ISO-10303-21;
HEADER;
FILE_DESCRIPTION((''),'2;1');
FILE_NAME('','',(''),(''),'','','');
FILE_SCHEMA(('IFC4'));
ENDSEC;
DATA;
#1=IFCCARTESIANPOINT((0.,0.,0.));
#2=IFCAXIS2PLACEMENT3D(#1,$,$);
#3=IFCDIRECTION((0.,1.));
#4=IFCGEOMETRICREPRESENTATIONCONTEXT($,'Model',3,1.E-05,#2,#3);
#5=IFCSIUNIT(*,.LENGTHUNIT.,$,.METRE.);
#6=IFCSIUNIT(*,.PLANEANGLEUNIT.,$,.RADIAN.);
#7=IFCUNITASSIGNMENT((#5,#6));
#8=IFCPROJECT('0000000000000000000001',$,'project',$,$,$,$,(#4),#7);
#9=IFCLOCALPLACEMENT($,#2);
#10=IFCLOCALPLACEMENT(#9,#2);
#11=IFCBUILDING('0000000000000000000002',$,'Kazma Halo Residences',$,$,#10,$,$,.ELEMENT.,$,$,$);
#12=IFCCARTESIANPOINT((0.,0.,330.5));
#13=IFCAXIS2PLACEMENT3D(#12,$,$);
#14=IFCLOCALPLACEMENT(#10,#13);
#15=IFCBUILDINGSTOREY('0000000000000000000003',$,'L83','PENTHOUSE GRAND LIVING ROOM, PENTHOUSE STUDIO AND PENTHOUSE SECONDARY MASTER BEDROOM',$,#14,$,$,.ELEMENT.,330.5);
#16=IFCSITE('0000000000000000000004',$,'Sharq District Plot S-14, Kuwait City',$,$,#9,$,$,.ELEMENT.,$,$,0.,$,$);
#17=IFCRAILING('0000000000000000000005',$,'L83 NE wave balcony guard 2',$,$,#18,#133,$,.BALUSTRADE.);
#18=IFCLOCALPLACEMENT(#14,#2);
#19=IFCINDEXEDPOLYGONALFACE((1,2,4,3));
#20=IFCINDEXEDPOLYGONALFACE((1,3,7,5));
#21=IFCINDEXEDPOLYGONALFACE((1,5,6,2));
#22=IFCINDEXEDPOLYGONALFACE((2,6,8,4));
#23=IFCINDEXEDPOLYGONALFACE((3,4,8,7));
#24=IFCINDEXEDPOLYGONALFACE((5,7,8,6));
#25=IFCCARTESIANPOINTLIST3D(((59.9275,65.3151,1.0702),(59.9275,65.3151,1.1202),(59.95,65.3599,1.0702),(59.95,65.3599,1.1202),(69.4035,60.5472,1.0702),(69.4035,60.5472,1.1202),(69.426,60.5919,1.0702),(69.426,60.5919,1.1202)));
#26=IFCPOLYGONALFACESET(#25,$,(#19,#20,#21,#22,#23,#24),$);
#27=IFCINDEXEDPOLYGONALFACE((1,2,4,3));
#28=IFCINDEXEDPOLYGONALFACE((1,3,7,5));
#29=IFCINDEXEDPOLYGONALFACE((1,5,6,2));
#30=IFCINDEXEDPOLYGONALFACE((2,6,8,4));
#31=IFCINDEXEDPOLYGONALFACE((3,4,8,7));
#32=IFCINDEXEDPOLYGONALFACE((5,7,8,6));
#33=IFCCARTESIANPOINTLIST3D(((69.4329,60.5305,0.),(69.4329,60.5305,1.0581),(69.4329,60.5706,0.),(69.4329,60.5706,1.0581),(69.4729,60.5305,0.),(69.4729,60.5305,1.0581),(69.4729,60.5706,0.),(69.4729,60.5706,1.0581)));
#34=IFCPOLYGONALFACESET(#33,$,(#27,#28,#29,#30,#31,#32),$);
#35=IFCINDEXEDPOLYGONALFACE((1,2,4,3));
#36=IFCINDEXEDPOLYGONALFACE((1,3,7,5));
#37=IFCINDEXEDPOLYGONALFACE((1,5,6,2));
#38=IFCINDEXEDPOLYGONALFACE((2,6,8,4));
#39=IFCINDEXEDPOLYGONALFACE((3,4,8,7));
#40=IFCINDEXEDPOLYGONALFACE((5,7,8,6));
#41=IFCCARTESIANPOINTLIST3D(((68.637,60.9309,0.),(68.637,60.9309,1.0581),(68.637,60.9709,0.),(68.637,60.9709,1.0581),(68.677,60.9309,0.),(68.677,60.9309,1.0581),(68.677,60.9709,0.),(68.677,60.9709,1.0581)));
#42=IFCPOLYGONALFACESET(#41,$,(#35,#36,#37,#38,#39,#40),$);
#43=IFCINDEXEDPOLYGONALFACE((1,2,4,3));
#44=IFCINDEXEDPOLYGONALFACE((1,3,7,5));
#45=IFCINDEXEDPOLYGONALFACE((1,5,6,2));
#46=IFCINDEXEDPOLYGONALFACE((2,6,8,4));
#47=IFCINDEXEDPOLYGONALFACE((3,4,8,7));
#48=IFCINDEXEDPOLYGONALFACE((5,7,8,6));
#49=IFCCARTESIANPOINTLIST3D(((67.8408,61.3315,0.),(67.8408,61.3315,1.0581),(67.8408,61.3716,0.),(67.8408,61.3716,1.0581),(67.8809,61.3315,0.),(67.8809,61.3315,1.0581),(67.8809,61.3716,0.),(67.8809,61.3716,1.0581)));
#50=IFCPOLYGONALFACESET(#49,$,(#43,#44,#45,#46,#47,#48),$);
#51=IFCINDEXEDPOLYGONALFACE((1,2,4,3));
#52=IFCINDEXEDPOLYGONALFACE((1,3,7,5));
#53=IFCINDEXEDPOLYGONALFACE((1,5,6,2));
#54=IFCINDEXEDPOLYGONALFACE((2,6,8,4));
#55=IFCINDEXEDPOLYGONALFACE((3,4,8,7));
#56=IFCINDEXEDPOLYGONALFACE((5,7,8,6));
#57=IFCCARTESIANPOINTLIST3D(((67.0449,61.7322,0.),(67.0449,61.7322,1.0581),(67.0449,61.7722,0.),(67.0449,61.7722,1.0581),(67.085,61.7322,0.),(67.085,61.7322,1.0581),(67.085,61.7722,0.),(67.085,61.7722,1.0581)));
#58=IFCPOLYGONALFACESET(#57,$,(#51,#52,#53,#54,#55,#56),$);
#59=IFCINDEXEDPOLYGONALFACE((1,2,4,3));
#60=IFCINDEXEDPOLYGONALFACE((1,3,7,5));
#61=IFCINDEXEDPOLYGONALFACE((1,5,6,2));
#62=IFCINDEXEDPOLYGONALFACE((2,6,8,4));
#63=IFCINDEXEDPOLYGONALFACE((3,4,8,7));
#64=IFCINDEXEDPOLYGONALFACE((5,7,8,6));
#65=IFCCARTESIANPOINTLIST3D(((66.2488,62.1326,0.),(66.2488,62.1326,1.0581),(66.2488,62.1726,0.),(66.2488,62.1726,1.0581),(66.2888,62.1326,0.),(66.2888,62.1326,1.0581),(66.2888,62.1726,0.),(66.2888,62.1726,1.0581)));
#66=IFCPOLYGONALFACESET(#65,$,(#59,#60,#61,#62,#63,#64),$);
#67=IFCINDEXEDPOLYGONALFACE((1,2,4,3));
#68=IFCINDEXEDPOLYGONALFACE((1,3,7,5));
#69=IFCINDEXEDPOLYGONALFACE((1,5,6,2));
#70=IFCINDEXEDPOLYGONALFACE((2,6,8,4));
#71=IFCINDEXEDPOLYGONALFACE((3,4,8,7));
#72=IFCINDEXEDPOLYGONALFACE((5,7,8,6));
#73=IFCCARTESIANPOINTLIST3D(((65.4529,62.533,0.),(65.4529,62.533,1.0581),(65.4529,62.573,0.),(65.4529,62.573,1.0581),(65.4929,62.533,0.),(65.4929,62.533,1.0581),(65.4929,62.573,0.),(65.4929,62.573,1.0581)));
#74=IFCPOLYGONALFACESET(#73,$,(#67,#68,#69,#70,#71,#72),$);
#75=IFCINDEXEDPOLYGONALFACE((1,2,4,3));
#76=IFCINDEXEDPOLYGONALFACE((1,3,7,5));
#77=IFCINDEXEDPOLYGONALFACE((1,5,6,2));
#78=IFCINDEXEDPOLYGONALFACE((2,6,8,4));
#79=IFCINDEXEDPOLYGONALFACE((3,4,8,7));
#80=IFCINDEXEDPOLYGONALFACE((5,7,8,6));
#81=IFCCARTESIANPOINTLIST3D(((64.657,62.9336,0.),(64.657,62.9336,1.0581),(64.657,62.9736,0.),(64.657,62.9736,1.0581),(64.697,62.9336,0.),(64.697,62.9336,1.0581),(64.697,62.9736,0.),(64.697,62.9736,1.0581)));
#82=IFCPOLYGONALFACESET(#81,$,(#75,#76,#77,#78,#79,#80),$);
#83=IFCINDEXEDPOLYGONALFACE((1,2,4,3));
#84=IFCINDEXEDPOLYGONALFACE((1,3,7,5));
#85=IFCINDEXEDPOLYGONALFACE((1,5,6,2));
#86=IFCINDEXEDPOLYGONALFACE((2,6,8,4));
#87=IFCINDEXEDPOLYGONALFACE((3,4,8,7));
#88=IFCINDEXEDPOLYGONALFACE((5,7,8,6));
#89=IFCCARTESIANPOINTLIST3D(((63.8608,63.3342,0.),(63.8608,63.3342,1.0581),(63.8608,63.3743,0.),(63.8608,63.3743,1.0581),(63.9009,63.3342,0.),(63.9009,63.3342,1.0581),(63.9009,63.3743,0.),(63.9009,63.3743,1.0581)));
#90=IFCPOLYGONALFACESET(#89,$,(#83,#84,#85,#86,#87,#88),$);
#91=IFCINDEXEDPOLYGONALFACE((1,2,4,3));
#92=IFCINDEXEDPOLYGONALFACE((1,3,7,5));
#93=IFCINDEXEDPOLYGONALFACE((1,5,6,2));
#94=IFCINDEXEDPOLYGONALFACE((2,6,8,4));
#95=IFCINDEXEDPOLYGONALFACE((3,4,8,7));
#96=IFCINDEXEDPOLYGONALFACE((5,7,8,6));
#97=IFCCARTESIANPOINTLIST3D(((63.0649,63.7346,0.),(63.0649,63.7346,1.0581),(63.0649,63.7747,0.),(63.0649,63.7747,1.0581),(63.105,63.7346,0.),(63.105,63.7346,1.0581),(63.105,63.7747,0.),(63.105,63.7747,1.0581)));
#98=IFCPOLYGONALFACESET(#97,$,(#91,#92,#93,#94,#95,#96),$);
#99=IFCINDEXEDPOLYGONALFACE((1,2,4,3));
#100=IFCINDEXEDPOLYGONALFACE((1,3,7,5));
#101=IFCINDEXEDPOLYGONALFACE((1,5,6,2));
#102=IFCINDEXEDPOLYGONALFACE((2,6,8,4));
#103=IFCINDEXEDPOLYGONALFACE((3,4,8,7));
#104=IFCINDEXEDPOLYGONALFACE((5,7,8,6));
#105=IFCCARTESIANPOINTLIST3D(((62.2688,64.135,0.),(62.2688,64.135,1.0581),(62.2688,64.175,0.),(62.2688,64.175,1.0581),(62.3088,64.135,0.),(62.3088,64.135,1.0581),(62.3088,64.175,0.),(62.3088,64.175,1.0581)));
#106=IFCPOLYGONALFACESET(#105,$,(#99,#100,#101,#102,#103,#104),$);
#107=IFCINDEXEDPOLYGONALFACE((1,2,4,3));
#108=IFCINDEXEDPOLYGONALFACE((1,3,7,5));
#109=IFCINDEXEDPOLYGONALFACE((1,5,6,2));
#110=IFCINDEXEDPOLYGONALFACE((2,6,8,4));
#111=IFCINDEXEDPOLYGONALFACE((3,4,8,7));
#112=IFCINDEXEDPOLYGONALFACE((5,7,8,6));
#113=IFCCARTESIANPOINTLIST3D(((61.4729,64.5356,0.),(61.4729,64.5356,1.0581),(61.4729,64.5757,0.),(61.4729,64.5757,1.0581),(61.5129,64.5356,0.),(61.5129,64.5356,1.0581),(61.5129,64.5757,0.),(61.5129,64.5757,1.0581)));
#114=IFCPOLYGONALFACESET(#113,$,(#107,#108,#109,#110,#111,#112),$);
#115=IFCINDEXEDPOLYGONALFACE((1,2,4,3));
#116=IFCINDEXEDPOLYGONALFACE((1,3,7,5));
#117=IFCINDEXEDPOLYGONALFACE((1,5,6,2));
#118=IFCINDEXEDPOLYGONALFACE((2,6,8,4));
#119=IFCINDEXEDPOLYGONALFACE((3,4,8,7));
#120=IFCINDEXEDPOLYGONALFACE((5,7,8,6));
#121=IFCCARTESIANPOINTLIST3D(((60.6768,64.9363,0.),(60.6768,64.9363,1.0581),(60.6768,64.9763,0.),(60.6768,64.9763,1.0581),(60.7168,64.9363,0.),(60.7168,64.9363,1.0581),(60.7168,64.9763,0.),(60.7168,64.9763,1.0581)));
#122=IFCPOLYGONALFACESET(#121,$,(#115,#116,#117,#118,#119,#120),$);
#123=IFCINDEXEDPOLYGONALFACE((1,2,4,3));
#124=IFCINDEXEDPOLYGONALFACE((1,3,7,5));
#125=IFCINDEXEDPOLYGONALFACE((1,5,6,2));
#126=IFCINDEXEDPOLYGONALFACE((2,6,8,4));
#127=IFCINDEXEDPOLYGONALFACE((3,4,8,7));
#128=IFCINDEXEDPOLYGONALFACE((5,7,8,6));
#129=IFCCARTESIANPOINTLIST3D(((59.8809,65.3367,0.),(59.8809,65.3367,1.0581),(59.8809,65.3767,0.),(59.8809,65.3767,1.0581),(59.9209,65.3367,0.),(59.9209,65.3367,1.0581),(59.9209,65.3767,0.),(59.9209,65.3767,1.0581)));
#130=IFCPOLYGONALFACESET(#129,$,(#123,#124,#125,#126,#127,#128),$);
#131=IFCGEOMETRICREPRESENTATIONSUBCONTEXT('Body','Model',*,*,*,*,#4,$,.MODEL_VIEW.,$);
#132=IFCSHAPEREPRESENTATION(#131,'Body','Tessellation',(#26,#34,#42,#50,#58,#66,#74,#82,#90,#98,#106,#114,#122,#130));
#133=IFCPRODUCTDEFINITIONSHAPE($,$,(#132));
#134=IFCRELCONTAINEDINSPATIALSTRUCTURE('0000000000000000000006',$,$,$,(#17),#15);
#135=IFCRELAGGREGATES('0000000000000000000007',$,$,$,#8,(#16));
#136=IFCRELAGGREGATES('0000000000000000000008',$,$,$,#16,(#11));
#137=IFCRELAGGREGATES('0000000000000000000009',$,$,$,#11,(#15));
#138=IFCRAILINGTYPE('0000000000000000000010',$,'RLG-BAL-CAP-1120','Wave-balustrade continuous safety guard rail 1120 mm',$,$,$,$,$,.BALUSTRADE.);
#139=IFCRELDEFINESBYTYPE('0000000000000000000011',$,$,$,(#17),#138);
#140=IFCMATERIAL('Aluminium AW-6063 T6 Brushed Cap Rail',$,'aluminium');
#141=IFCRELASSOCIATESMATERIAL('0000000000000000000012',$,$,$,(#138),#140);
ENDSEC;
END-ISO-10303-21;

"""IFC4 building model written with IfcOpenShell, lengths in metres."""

from ifc_helpers import new_model, si_unit, direction, frame, origin, origin_2d, place, context, subcontext, project, spatial, rectangle, extrude, material, type_object, element, save


model = new_model("IFC4")

# Units and contexts
model_context = context("Model", 3, precision=1e-05, world=origin(), true_north=direction((0.0, 1.0)))
body_context = subcontext(model_context, "Body", "Model", "MODEL_VIEW")
ifc_project = project(units=[si_unit("LENGTHUNIT", "METRE"), si_unit("PLANEANGLEUNIT", "RADIAN")], contexts=[model_context])

# Site, building, storey
site_placement = place(None, origin())
site = spatial("IfcSite", under=ifc_project, at=site_placement, Name="Sharq District Plot S-14, Kuwait City", CompositionType="ELEMENT", RefElevation=0.0)
building_placement = place(site_placement, origin())
building = spatial("IfcBuilding", under=site, at=building_placement, Name="Kazma Halo Residences", CompositionType="ELEMENT")
storey_placement = place(building_placement, frame((0.0, 0.0, 330.5)))
storey = spatial("IfcBuildingStorey", under=building, at=storey_placement, Name="L83", Description="PENTHOUSE GRAND LIVING ROOM, PENTHOUSE STUDIO AND PENTHOUSE SECONDARY MASTER BEDROOM", CompositionType="ELEMENT", Elevation=330.5)

# Railing
ifc_material_1 = material(Name="Aluminium AW-6063 T6 Brushed Cap Rail", Category="aluminium")
railing_type = type_object("IfcRailingType", Name="RLG-BAL-CAP-1120", Description="Wave-balustrade continuous safety guard rail 1120 mm", PredefinedType="BALUSTRADE", material=ifc_material_1)
railing_1_placement = place(storey_placement, frame((69.4529, 60.5505, 0.0)))
element("IfcRailing", 1, at=railing_1_placement, inside=storey, type_object=railing_type, Name="L83 NE wave balcony guard 2", PredefinedType="BALUSTRADE", context=body_context, shape_type="SweptSolid", body=[
    extrude(rectangle(XDim=0.05, YDim=0.05, at=origin_2d()), frame((-0.0381, 0.019, 1.0952), z_axis=(-0.893296, 0.449468, 0.0), x_axis=(-0.449468, -0.893296, 0.0)), (0.0, 0.0, 1.0), 10.6079),
    extrude(rectangle(XDim=0.04, YDim=0.04, at=origin_2d()), origin(), (0.0, 0.0, 1.0), 1.0581),
    extrude(rectangle(XDim=0.04, YDim=0.04, at=origin_2d()), frame((-0.7959, 0.4004, 0.0)), (0.0, 0.0, 1.0), 1.0581),
    extrude(rectangle(XDim=0.04, YDim=0.04, at=origin_2d()), frame((-1.592, 0.801, 0.0)), (0.0, 0.0, 1.0), 1.0581),
    extrude(rectangle(XDim=0.04, YDim=0.04, at=origin_2d()), frame((-2.3879, 1.2017, 0.0)), (0.0, 0.0, 1.0), 1.0581),
    extrude(rectangle(XDim=0.04, YDim=0.04, at=origin_2d()), frame((-3.1841, 1.6021, 0.0)), (0.0, 0.0, 1.0), 1.0581),
    extrude(rectangle(XDim=0.04, YDim=0.04, at=origin_2d()), frame((-3.98, 2.0024, 0.0)), (0.0, 0.0, 1.0), 1.0581),
    extrude(rectangle(XDim=0.04, YDim=0.04, at=origin_2d()), frame((-4.7759, 2.4031, 0.0)), (0.0, 0.0, 1.0), 1.0581),
    extrude(rectangle(XDim=0.04, YDim=0.04, at=origin_2d()), frame((-5.572, 2.8037, 0.0)), (0.0, 0.0, 1.0), 1.0581),
    extrude(rectangle(XDim=0.04, YDim=0.04, at=origin_2d()), frame((-6.3679, 3.2041, 0.0)), (0.0, 0.0, 1.0), 1.0581),
    extrude(rectangle(XDim=0.04, YDim=0.04, at=origin_2d()), frame((-7.1641, 3.6045, 0.0)), (0.0, 0.0, 1.0), 1.0581),
    extrude(rectangle(XDim=0.04, YDim=0.04, at=origin_2d()), frame((-7.96, 4.0051, 0.0)), (0.0, 0.0, 1.0), 1.0581),
    extrude(rectangle(XDim=0.04, YDim=0.04, at=origin_2d()), frame((-8.7561, 4.4058, 0.0)), (0.0, 0.0, 1.0), 1.0581),
    extrude(rectangle(XDim=0.04, YDim=0.04, at=origin_2d()), frame((-9.552, 4.8062, 0.0)), (0.0, 0.0, 1.0), 1.0581),
])

save(model, "model.ifc")
